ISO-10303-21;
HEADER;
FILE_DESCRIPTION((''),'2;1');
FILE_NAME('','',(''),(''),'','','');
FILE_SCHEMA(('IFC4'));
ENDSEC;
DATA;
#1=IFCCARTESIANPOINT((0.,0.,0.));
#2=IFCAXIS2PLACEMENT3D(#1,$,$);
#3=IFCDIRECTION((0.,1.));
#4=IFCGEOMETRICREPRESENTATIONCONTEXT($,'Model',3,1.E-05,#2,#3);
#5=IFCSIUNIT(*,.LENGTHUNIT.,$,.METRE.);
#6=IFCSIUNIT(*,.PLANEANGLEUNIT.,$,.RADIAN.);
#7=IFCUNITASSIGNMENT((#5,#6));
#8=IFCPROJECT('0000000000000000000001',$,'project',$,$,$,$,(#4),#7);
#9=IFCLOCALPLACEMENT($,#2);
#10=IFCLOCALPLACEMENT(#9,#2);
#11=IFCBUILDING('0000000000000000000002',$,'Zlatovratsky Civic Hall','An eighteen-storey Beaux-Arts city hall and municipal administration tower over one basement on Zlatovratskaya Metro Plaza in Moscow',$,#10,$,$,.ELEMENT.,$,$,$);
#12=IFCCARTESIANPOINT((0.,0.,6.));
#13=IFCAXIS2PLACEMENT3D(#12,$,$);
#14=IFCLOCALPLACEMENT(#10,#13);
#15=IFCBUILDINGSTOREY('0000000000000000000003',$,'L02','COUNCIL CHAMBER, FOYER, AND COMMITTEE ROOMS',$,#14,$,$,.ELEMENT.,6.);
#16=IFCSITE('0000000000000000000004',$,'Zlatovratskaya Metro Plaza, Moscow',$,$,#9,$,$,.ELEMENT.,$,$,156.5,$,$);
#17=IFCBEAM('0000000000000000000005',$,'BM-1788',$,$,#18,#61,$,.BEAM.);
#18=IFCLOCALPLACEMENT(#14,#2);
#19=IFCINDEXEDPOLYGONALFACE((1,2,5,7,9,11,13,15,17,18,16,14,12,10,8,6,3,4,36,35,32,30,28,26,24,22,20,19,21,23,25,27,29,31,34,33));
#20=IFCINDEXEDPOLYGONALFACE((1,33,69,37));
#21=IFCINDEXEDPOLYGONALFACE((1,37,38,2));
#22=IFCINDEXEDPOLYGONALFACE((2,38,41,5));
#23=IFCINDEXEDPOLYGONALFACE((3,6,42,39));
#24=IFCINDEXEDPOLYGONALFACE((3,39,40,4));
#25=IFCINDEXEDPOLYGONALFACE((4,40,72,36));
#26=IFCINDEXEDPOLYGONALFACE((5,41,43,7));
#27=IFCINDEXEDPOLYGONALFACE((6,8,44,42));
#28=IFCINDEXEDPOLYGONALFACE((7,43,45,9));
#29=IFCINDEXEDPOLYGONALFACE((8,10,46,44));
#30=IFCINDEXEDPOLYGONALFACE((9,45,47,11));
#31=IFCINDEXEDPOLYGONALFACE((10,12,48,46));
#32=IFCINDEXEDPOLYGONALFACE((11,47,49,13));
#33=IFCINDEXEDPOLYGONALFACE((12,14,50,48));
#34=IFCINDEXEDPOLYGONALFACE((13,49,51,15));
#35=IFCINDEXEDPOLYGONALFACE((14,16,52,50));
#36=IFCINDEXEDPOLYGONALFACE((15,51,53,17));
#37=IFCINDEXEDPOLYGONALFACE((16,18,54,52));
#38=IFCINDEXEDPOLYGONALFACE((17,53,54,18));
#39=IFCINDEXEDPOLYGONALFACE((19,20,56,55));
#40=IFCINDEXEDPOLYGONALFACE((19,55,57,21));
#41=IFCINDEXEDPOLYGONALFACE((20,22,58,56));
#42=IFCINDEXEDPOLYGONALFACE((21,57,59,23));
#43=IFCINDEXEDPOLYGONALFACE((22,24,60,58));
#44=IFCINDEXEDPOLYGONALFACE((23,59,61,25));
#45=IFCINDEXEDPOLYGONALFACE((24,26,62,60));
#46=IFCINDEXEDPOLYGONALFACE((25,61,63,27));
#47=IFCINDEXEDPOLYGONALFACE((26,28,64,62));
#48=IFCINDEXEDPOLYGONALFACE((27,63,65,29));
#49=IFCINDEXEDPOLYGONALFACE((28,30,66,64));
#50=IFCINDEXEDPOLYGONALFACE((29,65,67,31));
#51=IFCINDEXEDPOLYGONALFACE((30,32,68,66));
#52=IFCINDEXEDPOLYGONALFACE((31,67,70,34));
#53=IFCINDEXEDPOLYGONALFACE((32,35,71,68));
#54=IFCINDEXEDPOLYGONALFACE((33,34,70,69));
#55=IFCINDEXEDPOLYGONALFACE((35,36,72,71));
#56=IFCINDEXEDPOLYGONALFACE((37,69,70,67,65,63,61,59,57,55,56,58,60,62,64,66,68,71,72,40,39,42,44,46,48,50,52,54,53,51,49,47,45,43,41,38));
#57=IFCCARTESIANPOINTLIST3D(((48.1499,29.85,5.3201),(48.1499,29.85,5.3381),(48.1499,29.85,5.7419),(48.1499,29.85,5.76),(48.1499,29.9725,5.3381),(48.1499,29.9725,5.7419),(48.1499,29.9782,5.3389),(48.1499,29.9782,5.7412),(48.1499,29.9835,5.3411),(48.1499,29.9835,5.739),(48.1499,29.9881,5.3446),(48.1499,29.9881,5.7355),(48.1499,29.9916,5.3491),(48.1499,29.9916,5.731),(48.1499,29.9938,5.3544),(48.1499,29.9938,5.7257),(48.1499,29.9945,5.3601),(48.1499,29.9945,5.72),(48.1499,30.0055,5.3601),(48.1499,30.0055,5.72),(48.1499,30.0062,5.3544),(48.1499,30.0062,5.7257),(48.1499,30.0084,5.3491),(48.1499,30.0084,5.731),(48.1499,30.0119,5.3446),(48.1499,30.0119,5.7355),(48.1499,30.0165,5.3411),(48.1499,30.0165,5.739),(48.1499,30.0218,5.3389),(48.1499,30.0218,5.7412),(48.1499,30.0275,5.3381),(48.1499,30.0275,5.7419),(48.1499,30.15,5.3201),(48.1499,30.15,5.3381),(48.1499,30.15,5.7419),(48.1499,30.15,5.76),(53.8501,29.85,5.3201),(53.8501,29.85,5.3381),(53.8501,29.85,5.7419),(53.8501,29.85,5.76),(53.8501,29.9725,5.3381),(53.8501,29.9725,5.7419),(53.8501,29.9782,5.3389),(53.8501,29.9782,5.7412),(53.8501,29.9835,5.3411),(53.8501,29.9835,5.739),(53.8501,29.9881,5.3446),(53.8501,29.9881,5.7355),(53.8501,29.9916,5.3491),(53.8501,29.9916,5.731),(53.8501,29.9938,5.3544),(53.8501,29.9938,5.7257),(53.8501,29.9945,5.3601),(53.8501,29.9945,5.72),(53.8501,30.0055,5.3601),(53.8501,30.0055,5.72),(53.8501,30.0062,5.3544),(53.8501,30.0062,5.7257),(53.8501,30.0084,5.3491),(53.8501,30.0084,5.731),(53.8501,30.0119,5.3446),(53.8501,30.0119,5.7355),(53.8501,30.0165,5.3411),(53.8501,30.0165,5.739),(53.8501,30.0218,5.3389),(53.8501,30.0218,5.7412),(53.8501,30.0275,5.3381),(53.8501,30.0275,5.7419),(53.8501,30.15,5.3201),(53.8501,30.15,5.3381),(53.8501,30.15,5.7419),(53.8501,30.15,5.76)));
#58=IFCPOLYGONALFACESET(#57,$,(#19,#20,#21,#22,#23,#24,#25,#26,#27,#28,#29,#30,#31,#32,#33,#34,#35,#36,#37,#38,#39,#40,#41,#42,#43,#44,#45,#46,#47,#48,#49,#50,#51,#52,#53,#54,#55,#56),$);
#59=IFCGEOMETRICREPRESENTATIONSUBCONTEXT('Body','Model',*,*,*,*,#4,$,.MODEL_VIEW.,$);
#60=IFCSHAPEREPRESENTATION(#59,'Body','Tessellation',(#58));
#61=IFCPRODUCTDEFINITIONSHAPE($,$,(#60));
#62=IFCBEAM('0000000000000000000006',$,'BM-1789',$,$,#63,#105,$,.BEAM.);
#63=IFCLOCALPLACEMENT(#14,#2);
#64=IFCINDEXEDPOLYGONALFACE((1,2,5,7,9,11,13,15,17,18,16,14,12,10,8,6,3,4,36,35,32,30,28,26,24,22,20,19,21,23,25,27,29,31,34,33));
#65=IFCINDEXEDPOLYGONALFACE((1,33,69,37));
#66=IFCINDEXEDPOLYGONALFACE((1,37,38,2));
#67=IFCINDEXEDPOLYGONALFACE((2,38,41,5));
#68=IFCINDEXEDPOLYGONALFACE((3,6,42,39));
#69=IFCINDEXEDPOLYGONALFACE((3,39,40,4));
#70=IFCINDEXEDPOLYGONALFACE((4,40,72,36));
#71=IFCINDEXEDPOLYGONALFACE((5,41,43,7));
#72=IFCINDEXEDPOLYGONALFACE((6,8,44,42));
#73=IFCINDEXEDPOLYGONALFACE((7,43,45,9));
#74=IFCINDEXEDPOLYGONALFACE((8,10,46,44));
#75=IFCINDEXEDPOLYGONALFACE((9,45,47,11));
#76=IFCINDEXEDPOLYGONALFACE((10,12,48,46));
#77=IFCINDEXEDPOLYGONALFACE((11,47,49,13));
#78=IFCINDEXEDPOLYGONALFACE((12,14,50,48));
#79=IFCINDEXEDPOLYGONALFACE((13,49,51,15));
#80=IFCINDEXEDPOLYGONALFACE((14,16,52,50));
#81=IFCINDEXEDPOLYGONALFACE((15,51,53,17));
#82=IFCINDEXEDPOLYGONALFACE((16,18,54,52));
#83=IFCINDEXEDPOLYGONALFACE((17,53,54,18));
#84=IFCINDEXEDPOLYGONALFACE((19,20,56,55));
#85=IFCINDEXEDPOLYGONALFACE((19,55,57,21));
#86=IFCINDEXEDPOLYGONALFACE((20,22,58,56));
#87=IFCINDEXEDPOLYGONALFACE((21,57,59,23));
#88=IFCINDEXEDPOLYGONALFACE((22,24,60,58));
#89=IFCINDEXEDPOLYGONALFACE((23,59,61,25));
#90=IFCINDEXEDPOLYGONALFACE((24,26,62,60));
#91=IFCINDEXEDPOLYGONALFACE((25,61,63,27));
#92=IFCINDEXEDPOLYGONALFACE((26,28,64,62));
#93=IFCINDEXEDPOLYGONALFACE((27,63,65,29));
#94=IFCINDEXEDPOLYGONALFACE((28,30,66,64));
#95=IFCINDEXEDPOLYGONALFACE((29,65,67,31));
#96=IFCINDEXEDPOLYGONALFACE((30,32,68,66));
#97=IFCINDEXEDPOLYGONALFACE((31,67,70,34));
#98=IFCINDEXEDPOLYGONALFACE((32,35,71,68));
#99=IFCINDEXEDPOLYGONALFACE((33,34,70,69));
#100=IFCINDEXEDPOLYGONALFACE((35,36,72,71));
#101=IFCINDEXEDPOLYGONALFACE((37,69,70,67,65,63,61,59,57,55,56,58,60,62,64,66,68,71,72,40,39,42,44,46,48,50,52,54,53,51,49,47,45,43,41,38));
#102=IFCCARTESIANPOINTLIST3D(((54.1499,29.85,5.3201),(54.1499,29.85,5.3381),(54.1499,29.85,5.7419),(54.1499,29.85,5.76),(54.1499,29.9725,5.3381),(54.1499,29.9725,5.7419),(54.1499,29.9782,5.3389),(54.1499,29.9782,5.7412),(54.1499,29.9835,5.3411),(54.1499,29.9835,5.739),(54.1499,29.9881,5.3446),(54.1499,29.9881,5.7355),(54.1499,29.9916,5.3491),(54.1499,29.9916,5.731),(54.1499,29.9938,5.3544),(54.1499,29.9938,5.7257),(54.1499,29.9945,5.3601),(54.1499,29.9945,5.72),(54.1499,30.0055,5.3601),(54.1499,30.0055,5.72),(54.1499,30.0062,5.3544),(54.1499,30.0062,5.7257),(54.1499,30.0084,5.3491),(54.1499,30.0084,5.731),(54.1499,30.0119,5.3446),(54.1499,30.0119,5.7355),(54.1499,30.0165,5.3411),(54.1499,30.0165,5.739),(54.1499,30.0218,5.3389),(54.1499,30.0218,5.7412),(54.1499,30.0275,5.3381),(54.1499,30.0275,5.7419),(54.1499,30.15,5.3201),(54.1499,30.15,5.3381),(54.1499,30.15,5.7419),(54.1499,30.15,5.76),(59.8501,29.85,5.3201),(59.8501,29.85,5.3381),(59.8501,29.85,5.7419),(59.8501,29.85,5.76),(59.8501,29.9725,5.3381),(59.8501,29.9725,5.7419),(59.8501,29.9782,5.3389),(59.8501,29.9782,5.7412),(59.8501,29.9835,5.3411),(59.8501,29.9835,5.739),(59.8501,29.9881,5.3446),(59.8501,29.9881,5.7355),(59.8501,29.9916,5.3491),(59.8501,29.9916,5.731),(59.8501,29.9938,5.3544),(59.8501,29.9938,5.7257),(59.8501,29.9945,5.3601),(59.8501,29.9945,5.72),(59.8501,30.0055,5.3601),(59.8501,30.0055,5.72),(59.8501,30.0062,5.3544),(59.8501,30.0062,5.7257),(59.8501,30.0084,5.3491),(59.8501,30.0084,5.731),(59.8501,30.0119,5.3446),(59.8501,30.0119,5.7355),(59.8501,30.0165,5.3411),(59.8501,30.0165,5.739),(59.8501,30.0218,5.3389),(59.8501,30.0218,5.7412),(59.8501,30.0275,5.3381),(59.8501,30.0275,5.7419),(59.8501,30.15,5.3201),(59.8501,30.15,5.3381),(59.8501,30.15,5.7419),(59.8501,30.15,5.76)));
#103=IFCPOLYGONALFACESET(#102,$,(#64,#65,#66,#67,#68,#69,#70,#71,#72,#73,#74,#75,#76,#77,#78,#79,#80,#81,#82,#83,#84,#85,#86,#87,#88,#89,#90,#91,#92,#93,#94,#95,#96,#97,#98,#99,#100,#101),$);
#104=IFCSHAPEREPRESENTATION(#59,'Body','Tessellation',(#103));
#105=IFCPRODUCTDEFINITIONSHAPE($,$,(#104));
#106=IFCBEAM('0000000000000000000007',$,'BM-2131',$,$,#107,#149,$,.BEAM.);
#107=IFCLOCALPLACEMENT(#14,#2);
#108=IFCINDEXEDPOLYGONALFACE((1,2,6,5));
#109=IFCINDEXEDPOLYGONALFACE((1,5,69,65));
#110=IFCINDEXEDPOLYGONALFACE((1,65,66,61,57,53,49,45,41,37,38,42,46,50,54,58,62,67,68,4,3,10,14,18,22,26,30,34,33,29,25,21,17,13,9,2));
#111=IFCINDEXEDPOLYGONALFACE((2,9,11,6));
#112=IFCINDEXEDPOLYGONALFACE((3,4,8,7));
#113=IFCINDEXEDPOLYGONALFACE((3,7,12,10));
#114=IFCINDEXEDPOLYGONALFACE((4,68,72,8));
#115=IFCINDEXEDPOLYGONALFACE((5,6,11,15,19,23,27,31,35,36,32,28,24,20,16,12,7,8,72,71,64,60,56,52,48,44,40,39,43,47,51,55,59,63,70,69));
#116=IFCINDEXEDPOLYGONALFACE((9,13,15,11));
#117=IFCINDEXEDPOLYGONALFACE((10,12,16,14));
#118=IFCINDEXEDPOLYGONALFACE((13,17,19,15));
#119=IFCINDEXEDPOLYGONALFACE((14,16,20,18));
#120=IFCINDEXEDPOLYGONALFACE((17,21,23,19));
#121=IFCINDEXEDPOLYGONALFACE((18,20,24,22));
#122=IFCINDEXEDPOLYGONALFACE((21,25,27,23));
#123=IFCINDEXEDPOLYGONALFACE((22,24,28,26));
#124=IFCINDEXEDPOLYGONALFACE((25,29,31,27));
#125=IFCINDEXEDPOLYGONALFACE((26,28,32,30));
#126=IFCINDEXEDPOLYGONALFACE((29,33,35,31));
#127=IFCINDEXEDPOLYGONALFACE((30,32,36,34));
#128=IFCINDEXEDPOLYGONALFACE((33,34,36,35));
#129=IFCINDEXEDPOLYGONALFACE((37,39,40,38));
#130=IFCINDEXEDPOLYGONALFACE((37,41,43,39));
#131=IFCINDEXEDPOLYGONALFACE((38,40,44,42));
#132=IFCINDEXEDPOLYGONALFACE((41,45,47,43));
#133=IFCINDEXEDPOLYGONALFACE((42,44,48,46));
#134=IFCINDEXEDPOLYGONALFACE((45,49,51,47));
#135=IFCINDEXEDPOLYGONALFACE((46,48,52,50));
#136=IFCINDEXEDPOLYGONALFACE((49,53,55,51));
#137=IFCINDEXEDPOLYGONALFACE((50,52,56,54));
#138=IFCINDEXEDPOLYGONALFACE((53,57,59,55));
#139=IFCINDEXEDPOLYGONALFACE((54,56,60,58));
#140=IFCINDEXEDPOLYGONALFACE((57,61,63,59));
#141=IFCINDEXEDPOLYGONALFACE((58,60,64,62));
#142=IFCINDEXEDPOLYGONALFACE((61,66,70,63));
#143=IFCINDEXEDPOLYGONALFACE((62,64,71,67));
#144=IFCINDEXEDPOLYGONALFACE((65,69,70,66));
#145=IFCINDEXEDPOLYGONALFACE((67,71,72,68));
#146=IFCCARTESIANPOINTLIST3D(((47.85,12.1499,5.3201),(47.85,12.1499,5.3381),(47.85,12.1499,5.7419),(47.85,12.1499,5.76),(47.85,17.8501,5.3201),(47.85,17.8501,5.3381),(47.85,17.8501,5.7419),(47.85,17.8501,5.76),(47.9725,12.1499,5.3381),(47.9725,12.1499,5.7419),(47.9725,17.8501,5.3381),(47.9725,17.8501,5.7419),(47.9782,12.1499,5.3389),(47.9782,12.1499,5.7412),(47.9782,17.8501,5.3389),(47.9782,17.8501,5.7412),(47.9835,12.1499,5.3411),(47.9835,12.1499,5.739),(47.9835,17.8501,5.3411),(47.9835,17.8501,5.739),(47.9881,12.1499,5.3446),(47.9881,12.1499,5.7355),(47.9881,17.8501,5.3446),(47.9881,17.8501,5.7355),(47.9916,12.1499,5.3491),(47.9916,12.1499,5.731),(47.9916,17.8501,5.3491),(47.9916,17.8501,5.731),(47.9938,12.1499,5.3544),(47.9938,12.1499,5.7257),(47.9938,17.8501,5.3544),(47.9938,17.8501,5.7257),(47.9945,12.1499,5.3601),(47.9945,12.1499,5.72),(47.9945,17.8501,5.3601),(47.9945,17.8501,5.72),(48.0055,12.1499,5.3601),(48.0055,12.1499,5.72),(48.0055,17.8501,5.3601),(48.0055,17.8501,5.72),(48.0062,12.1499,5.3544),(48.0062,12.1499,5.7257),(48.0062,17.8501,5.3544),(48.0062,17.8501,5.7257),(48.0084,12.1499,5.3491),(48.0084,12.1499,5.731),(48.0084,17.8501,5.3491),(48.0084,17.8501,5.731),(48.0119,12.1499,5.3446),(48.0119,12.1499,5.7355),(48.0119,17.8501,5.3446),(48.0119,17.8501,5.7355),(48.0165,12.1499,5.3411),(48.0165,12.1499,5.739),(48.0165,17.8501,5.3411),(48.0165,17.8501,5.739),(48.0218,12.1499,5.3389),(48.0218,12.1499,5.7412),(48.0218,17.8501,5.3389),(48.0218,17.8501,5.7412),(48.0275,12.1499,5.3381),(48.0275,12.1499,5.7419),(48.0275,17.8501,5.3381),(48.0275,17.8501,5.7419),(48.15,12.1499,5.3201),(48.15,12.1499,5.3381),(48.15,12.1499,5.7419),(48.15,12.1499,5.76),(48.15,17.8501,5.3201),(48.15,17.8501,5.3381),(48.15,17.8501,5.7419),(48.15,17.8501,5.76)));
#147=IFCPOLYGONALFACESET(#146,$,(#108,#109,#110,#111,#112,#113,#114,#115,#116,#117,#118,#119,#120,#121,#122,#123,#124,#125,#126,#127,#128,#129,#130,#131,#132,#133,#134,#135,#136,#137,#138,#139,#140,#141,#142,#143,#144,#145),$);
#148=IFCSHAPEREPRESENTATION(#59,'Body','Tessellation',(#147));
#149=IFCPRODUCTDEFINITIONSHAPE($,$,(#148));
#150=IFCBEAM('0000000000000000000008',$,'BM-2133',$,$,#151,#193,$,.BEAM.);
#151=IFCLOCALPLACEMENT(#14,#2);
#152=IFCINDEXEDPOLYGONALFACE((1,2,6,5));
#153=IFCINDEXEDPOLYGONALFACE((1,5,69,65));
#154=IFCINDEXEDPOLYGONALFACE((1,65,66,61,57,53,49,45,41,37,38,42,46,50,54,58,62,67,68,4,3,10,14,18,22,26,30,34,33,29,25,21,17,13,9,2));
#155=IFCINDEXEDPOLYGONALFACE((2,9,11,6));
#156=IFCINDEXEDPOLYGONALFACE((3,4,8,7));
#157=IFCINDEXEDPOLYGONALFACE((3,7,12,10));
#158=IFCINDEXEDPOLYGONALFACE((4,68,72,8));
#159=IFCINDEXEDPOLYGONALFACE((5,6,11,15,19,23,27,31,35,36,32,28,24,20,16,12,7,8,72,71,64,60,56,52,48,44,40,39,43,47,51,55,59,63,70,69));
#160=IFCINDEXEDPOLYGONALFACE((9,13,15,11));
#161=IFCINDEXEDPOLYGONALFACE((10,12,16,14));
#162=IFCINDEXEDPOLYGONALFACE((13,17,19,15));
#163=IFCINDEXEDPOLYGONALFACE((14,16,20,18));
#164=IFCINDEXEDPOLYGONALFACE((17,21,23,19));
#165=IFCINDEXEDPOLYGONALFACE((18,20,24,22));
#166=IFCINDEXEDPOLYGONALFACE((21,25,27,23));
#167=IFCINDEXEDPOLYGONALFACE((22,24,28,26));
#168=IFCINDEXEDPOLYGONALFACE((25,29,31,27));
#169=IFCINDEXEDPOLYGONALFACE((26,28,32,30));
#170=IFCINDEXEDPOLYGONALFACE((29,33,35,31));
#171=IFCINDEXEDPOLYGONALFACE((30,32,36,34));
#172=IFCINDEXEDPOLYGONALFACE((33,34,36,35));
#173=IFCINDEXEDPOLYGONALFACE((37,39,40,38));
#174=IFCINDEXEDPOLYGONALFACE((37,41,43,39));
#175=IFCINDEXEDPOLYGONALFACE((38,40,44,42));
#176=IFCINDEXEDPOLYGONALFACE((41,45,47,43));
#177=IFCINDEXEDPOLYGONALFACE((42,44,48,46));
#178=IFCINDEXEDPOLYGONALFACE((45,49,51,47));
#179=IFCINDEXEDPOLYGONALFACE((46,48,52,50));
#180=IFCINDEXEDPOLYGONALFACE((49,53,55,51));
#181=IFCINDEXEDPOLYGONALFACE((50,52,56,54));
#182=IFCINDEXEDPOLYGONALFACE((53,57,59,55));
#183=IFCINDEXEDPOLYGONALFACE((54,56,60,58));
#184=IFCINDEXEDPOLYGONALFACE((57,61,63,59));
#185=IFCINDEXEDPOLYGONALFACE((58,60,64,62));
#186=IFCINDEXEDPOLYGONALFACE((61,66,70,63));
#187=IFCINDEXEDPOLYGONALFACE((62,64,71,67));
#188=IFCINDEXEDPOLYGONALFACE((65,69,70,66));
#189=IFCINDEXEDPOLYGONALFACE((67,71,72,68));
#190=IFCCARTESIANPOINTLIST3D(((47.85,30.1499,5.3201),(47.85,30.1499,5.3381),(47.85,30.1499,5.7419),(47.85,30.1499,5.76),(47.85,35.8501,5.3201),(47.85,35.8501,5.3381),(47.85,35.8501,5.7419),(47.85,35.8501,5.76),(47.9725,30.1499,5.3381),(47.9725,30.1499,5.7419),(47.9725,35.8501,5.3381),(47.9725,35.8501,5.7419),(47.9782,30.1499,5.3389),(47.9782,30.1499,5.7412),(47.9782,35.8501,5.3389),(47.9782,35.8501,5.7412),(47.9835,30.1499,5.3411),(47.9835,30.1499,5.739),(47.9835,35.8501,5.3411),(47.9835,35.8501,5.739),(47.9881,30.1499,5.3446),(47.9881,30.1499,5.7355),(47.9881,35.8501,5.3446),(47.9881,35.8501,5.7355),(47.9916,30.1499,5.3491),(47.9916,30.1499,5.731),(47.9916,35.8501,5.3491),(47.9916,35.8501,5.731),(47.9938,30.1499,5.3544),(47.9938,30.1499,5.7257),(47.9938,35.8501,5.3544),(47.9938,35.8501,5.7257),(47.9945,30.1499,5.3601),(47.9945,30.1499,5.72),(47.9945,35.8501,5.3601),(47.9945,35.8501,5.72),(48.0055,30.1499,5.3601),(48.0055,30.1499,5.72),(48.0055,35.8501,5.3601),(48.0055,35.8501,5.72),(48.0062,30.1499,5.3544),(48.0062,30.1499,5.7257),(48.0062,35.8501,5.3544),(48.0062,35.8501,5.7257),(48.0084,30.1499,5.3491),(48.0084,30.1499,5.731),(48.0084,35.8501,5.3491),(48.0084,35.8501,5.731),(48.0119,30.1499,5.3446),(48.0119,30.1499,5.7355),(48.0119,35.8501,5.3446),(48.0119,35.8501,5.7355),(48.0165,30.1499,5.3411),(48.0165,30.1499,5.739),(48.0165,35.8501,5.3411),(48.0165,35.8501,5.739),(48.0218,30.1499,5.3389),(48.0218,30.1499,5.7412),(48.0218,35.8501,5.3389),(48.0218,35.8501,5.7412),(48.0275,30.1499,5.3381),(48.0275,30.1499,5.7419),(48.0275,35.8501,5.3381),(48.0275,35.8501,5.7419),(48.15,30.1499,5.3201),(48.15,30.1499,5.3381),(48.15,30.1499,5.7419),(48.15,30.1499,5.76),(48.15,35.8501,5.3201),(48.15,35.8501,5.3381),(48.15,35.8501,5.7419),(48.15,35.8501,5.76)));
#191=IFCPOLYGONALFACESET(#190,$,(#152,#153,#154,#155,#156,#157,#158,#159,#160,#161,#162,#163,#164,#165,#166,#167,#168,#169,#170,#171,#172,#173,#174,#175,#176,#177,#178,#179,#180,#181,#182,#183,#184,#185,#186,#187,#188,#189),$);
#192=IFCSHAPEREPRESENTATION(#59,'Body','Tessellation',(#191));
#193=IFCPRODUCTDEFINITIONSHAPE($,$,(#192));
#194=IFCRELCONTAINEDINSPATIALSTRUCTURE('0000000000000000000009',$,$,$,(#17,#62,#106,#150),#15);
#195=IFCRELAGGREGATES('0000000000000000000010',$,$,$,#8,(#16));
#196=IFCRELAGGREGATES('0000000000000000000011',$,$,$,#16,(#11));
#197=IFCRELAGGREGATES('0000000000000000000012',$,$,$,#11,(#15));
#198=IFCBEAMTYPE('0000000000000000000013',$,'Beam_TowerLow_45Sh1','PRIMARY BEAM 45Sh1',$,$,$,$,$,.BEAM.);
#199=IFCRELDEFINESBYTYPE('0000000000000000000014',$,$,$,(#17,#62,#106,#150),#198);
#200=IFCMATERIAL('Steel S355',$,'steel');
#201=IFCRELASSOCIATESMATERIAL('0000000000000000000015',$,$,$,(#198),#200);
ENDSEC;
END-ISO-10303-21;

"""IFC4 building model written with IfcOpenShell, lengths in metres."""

from ifc_helpers import new_model, si_unit, direction, frame, origin, origin_2d, place, context, subcontext, project, spatial, i_section, extrude, material, material_profile, profile_set, type_object, element, save


model = new_model("IFC4")

# Units and contexts
model_context = context("Model", 3, precision=1e-05, world=origin(), true_north=direction((0.0, 1.0)))
body_context = subcontext(model_context, "Body", "Model", "MODEL_VIEW")
ifc_project = project(units=[si_unit("LENGTHUNIT", "METRE"), si_unit("PLANEANGLEUNIT", "RADIAN")], contexts=[model_context])

# Site, building, storey
site_placement = place(None, origin())
site = spatial("IfcSite", under=ifc_project, at=site_placement, Name="Zlatovratskaya Metro Plaza, Moscow", CompositionType="ELEMENT", RefElevation=156.5)
building_placement = place(site_placement, origin())
building = spatial("IfcBuilding", under=site, at=building_placement, Name="Zlatovratsky Civic Hall", Description="An eighteen-storey Beaux-Arts city hall and municipal administration tower over one basement on Zlatovratskaya Metro Plaza in Moscow", CompositionType="ELEMENT")
storey_placement = place(building_placement, frame((0.0, 0.0, 6.0)))
storey = spatial("IfcBuildingStorey", under=building, at=storey_placement, Name="L02", Description="COUNCIL CHAMBER, FOYER, AND COMMITTEE ROOMS", CompositionType="ELEMENT", Elevation=6.0)

# Shared definitions
ifc_material_1 = material(Name="Steel S355", Category="steel")

# Beams
ifc_material_profile_1 = material_profile(ifc_material_1, i_section(OverallWidth=0.3, OverallDepth=0.4399, WebThickness=0.011, FlangeThickness=0.0181, FilletRadius=0.022, at=origin_2d()), Name="45Sh1")
ifc_profile_set_1 = profile_set([ifc_material_profile_1], Name="Steel S355")
beam_type_1 = type_object("IfcBeamType", Name="Beam_TowerLow_45Sh1", Description="PRIMARY BEAM 45Sh1", PredefinedType="BEAM", material=ifc_profile_set_1)
for number, where, z_axis, x_axis, name in (
    (1, (48.1499, 30.0, 5.54), (1.0, 0.0, 0.0), (0.0, 1.0, 0.0), "BM-1788"),
    (2, (54.1499, 30.0, 5.54), (1.0, 0.0, 0.0), (0.0, 1.0, 0.0), "BM-1789"),
    (3, (48.0, 12.1499, 5.54), (0.0, 1.0, 0.0), (-1.0, 0.0, 0.0), "BM-2131"),
    (4, (48.0, 30.1499, 5.54), (0.0, 1.0, 0.0), (-1.0, 0.0, 0.0), "BM-2133"),
):
    element("IfcBeam", number, at=place(storey_placement, frame(where, z_axis=z_axis, x_axis=x_axis)), inside=storey, type_object=beam_type_1, Name=name, PredefinedType="BEAM", context=body_context, shape_type="SweptSolid", body=[
        extrude(i_section(OverallWidth=0.3, OverallDepth=0.4399, WebThickness=0.011, FlangeThickness=0.0181, FilletRadius=0.022, at=origin_2d()), origin(), (0.0, 0.0, 1.0), 5.7002),
    ])

save(model, "model.ifc")
